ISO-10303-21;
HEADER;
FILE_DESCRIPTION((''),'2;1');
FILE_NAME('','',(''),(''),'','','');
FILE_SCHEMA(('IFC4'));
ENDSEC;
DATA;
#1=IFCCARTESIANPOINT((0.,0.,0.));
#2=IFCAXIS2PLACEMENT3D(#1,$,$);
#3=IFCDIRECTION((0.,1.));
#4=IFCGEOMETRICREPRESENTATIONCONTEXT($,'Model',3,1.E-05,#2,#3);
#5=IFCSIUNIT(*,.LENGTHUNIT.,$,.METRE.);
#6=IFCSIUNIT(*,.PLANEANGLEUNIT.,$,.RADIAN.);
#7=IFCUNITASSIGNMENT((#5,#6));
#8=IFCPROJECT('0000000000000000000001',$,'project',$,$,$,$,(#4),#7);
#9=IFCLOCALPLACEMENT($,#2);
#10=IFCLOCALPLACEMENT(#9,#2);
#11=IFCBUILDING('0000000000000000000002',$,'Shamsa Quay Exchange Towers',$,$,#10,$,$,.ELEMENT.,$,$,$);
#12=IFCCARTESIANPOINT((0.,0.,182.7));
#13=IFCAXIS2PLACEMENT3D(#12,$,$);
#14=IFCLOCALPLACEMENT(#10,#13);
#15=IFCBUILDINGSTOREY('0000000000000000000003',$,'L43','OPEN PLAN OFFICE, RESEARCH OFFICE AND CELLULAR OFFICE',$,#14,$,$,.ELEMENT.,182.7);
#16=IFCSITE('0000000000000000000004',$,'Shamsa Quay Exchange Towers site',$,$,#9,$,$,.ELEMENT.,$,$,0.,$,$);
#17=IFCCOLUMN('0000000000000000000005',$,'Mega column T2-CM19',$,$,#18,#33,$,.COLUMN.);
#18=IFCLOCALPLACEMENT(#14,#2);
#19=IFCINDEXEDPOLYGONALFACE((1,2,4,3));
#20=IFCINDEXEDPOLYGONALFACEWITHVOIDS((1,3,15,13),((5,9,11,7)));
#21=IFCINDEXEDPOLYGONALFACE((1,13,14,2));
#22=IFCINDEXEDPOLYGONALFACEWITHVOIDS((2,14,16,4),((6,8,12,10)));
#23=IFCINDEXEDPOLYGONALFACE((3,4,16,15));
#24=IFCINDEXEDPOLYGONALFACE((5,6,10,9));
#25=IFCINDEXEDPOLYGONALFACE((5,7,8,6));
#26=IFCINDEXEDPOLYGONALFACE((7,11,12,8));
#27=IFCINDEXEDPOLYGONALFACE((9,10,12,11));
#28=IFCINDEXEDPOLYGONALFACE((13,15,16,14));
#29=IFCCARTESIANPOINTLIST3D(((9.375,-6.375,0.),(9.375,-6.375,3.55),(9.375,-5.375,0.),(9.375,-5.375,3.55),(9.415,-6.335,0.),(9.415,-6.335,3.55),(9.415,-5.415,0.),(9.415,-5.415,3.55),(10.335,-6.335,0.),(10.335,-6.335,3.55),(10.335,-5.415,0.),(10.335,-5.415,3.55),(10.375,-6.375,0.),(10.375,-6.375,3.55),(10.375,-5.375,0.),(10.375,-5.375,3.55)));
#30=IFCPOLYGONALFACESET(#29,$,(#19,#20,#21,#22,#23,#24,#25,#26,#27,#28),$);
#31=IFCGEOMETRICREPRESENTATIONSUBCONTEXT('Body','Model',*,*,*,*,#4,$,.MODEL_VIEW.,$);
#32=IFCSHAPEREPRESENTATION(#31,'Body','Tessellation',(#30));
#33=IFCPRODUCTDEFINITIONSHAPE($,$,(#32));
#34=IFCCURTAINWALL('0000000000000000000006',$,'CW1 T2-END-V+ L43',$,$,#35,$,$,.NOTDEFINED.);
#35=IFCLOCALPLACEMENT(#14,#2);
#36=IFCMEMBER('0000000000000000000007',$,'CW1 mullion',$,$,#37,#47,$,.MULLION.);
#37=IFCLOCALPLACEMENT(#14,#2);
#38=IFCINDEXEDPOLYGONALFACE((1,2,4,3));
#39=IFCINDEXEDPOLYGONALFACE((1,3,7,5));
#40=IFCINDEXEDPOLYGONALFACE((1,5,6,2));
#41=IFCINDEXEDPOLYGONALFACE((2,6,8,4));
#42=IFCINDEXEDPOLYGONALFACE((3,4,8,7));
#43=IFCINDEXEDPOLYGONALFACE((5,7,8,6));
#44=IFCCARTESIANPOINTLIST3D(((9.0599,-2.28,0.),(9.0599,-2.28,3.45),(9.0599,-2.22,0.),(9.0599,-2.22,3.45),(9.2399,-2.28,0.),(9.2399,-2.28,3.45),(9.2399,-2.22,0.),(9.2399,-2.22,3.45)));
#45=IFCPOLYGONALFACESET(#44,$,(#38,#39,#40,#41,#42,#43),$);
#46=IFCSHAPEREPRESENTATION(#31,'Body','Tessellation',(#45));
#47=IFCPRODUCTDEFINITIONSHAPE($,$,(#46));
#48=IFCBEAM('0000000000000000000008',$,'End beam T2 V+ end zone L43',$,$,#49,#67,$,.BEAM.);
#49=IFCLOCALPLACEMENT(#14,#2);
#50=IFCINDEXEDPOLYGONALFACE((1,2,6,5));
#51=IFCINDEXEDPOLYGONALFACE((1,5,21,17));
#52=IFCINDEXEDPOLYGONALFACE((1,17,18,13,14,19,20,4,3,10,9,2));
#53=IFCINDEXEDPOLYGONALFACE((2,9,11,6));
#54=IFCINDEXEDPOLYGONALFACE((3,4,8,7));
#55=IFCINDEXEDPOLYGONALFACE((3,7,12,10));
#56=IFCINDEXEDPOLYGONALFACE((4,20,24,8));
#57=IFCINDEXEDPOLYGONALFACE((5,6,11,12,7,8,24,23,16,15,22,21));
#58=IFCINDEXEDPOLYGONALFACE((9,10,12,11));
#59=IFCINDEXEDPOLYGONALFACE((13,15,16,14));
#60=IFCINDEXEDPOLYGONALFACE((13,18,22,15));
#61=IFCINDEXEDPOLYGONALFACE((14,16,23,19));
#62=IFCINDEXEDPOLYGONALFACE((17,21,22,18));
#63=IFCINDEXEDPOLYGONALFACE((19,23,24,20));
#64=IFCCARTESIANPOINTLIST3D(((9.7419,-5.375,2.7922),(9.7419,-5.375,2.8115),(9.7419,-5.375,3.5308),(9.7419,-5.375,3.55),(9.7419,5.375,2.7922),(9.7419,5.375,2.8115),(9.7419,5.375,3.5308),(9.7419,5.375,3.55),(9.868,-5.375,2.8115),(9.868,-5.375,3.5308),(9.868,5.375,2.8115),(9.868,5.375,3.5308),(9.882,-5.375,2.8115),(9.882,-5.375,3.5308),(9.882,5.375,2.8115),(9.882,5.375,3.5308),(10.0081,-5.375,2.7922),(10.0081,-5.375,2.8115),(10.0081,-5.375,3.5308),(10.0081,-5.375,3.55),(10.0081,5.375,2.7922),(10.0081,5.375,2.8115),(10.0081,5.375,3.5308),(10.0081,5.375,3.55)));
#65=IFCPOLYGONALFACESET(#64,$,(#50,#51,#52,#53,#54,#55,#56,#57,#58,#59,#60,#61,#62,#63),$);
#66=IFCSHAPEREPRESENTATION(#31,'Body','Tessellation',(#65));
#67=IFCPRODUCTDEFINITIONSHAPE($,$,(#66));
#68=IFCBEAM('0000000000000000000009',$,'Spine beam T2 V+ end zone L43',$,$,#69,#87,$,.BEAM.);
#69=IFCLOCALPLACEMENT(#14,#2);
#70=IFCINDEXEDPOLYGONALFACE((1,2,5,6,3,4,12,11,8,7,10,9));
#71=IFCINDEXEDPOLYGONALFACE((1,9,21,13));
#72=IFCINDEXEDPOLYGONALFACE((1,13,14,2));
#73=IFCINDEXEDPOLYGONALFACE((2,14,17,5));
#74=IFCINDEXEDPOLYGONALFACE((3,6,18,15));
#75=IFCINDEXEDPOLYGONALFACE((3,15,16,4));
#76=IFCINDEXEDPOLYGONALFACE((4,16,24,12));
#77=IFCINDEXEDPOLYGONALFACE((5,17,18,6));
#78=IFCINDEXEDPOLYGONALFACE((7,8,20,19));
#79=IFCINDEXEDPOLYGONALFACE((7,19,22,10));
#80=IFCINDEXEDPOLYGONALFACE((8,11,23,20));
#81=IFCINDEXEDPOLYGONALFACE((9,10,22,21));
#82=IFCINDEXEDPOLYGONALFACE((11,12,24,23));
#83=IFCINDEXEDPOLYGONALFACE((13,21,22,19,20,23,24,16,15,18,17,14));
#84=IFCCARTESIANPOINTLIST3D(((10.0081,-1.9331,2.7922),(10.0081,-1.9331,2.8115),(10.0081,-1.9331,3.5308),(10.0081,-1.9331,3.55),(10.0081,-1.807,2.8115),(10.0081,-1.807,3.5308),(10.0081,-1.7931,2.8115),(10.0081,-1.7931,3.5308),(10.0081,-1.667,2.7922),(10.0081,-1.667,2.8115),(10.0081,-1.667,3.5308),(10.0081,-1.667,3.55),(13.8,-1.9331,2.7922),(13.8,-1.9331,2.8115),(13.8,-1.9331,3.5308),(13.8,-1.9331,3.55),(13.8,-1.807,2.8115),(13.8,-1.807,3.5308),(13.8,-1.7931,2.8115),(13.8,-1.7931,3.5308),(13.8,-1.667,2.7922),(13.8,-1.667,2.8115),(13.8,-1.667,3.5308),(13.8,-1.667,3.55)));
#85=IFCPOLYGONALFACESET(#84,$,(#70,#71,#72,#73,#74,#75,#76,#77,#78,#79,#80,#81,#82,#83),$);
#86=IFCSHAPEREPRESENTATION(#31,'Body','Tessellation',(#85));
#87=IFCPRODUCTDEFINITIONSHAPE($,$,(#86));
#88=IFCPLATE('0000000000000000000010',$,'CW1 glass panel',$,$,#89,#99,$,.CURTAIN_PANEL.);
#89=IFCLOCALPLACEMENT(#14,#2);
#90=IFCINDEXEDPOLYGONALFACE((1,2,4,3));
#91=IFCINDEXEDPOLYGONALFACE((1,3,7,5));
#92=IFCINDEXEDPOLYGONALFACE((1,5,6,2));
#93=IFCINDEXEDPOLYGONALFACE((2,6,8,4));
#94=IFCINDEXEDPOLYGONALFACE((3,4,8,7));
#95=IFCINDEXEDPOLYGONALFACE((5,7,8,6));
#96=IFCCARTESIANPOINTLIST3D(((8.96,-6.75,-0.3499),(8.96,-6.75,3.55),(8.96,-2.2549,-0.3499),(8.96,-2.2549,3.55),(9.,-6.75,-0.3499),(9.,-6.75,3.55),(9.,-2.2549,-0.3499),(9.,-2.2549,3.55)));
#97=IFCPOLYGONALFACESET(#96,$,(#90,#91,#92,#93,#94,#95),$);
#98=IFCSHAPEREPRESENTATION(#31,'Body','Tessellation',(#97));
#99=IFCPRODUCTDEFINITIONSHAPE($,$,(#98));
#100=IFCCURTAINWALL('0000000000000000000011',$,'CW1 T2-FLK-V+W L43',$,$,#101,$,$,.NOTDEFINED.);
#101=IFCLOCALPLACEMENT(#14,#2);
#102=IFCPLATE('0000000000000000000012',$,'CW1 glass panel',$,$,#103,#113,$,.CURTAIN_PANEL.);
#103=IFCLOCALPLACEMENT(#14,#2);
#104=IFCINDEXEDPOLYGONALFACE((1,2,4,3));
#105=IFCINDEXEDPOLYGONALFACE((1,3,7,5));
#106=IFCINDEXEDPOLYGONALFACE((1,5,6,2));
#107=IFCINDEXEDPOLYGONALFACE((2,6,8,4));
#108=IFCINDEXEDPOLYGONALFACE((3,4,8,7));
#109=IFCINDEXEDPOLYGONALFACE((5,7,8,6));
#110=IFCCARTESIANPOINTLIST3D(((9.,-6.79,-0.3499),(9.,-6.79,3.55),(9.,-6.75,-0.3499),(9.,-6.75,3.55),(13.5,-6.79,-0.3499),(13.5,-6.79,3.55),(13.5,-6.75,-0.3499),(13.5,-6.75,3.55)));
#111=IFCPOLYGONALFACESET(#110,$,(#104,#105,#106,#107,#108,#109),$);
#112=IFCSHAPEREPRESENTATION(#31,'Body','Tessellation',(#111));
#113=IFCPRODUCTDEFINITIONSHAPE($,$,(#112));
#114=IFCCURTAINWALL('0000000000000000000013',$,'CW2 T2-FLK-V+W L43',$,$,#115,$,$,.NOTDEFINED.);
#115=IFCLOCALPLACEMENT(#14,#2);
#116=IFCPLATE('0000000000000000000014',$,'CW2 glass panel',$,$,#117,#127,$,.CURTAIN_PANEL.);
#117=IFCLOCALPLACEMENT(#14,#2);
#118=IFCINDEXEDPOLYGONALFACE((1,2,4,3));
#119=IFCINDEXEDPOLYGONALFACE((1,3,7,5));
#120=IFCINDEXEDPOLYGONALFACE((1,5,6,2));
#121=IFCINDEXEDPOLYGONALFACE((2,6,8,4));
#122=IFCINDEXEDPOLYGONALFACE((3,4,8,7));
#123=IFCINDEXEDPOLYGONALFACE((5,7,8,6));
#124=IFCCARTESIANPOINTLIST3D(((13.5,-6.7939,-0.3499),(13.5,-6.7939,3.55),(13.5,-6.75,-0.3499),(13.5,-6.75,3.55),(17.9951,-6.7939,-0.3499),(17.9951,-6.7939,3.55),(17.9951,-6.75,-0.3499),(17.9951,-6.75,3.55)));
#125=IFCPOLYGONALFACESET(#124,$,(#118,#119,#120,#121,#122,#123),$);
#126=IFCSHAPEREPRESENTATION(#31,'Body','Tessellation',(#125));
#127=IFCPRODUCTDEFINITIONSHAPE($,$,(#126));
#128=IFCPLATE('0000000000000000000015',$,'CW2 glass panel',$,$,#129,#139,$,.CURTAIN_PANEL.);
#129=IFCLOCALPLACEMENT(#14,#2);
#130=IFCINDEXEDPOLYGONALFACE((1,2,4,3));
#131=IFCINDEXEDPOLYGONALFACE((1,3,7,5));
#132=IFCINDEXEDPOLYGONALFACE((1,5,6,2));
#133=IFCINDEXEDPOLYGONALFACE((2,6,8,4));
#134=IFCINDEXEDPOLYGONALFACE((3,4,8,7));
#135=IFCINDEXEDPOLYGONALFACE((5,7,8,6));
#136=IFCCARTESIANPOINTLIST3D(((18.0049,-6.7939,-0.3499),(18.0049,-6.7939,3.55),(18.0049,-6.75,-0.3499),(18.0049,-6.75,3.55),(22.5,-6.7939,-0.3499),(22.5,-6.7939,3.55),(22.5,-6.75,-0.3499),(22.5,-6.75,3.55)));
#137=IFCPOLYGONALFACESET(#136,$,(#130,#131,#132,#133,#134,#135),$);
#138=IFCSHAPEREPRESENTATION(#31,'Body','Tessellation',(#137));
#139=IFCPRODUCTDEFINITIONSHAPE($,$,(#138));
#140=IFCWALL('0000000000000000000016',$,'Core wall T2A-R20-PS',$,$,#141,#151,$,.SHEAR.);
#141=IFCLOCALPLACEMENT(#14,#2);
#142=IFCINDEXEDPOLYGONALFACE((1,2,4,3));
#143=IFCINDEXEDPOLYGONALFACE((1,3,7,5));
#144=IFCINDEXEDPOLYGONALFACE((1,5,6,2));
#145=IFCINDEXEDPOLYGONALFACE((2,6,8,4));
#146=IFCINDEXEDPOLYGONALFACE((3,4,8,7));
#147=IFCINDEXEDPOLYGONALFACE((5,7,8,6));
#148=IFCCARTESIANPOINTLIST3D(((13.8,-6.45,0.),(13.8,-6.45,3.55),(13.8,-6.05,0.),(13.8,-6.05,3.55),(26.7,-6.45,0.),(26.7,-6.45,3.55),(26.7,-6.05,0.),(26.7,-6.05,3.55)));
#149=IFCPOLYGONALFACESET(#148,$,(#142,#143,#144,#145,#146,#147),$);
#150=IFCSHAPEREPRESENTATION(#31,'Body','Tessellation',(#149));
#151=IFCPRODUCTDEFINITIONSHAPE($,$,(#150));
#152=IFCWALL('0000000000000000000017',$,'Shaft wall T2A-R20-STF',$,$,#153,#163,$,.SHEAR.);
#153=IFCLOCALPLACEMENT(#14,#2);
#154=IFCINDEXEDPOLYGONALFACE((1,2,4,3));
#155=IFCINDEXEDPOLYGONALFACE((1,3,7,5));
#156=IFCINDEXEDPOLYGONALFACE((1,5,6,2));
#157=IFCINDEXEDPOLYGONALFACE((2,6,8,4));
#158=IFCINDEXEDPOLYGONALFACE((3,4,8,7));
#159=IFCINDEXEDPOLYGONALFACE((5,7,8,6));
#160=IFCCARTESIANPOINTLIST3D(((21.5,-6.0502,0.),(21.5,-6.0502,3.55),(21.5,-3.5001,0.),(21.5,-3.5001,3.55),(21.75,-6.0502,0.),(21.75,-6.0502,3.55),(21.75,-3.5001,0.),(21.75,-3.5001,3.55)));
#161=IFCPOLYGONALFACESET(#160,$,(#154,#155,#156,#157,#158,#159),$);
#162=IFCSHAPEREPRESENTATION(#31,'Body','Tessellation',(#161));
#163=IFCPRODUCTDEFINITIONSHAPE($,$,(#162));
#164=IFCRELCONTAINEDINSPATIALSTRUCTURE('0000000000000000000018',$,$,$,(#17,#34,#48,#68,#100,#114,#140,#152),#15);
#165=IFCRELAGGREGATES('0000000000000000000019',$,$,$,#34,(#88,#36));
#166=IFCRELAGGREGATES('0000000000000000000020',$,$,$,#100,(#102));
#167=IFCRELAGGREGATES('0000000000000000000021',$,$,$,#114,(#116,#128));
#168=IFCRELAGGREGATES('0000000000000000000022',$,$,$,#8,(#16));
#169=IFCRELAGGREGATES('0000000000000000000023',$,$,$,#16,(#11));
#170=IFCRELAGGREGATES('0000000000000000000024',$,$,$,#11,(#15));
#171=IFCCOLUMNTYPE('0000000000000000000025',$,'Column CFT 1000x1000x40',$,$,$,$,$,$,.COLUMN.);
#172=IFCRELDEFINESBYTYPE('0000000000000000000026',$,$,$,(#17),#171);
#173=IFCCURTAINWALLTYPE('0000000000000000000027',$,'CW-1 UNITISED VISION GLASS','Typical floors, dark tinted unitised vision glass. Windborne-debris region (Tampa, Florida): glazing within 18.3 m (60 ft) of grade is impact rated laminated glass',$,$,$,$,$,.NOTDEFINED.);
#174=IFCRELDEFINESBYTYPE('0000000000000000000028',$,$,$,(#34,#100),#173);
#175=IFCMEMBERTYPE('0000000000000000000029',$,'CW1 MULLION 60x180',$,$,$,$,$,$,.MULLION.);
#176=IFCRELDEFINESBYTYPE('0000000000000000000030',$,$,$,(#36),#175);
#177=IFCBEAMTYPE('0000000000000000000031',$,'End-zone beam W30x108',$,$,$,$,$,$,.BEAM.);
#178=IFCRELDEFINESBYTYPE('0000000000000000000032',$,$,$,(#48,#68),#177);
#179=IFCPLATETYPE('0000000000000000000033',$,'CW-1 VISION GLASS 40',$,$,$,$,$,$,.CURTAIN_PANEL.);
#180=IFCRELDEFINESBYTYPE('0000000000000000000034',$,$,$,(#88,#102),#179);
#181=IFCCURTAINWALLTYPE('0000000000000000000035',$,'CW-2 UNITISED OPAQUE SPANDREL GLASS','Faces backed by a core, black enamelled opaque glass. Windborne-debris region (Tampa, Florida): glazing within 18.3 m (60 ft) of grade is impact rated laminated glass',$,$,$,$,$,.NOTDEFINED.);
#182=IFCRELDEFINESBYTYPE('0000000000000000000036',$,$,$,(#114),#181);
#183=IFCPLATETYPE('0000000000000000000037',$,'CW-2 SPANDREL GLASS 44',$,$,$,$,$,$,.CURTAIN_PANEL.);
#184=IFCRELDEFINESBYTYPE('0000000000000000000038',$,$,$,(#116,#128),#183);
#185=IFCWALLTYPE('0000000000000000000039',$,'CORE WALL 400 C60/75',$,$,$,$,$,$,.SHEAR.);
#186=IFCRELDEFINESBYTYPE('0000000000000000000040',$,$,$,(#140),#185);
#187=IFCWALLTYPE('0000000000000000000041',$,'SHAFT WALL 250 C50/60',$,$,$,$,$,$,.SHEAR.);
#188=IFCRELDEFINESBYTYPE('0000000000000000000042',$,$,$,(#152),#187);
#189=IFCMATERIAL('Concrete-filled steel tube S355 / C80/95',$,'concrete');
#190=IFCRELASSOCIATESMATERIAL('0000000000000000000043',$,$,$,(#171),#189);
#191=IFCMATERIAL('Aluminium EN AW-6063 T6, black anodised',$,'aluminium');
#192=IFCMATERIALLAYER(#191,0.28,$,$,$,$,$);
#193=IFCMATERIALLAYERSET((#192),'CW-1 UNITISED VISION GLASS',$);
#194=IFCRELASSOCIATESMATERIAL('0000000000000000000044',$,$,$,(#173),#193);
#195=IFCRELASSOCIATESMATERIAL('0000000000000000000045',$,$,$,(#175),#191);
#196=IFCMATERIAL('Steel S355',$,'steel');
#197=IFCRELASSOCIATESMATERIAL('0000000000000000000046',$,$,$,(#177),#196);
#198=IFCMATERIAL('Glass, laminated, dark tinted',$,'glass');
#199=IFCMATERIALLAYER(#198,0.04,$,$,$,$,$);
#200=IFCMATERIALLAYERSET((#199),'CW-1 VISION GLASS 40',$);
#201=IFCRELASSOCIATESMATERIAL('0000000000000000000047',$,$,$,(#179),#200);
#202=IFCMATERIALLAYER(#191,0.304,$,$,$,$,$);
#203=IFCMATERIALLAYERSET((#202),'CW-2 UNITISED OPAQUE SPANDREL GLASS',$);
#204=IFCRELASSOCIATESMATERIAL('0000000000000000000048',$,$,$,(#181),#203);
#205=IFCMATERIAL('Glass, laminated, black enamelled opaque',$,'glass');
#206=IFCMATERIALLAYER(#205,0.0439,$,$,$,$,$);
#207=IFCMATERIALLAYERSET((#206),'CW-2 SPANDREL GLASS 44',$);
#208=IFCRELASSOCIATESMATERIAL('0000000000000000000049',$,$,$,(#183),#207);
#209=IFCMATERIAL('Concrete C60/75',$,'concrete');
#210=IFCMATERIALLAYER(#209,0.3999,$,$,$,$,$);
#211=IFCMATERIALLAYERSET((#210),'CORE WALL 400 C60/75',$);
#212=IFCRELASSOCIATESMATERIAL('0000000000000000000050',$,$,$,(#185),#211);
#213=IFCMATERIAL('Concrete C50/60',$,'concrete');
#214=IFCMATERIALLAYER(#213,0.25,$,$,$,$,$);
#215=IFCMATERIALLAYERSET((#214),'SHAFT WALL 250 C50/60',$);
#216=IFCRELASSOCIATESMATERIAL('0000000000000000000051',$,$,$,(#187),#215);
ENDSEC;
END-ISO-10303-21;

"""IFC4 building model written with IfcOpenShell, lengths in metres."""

from ifc_helpers import new_model, si_unit, direction, frame, frame_2d, origin, origin_2d, place, context, subcontext, project, spatial, rectangle, hollow_rectangle, i_section, extrude, material, layer, layer_set, material_profile, profile_set, type_object, element, aggregate, save


model = new_model("IFC4")

# Units and contexts
model_context = context("Model", 3, precision=1e-05, world=origin(), true_north=direction((0.0, 1.0)))
body_context = subcontext(model_context, "Body", "Model", "MODEL_VIEW")
ifc_project = project(units=[si_unit("LENGTHUNIT", "METRE"), si_unit("PLANEANGLEUNIT", "RADIAN")], contexts=[model_context])

# Site, building, storey
site_placement = place(None, origin())
site = spatial("IfcSite", under=ifc_project, at=site_placement, Name="Shamsa Quay Exchange Towers site", CompositionType="ELEMENT", RefElevation=0.0)
building_placement = place(site_placement, origin())
building = spatial("IfcBuilding", under=site, at=building_placement, Name="Shamsa Quay Exchange Towers", CompositionType="ELEMENT")
storey_placement = place(building_placement, frame((0.0, 0.0, 182.7)))
storey = spatial("IfcBuildingStorey", under=building, at=storey_placement, Name="L43", Description="OPEN PLAN OFFICE, RESEARCH OFFICE AND CELLULAR OFFICE", CompositionType="ELEMENT", Elevation=182.7)

# Column
ifc_material_1 = material(Name="Concrete-filled steel tube S355 / C80/95", Category="concrete")
ifc_material_profile_1 = material_profile(ifc_material_1, hollow_rectangle(XDim=1.0, YDim=1.0, WallThickness=0.04, at=origin_2d()), Name="CFT 1000x1000x40")
ifc_profile_set_1 = profile_set([ifc_material_profile_1], Name="Concrete-filled steel tube S355 / C80/95")
column_type = type_object("IfcColumnType", Name="Column CFT 1000x1000x40", PredefinedType="COLUMN", material=ifc_profile_set_1)
column_placement = place(storey_placement, frame((9.875, -5.875, 0.0)))
element("IfcColumn", 1, at=column_placement, inside=storey, type_object=column_type, Name="Mega column T2-CM19", PredefinedType="COLUMN", context=body_context, shape_type="SweptSolid", body=[
    extrude(hollow_rectangle(XDim=1.0, YDim=1.0, WallThickness=0.04, at=origin_2d()), origin(), (0.0, 0.0, 1.0), 3.55),
])

# Curtain wall, member
ifc_material_2 = material(Name="Aluminium EN AW-6063 T6, black anodised", Category="aluminium")
ifc_layer_1 = layer(ifc_material_2, 0.28)
ifc_layer_set_1 = layer_set([ifc_layer_1], Name="CW-1 UNITISED VISION GLASS")
curtain_wall_type_1 = type_object("IfcCurtainWallType", Name="CW-1 UNITISED VISION GLASS", Description="Typical floors, dark tinted unitised vision glass. Windborne-debris region (Tampa, Florida): glazing within 18.3 m (60 ft) of grade is impact rated laminated glass", PredefinedType="NOTDEFINED", material=ifc_layer_set_1)
curtain_wall_1_placement = place(storey_placement, origin())
curtain_wall_1 = element("IfcCurtainWall", 2, at=curtain_wall_1_placement, inside=storey, type_object=curtain_wall_type_1, Name="CW1 T2-END-V+ L43", PredefinedType="NOTDEFINED")
ifc_material_profile_2 = material_profile(ifc_material_2, rectangle(XDim=0.1799, YDim=0.0601, at=origin_2d()), Name="MU60x180")
ifc_profile_set_2 = profile_set([ifc_material_profile_2], Name="Aluminium EN AW-6063 T6, black anodised")
member_type = type_object("IfcMemberType", Name="CW1 MULLION 60x180", PredefinedType="MULLION", material=ifc_profile_set_2)
member_placement = place(storey_placement, frame((9.1499, -2.25, 0.0)))
member = element("IfcMember", 3, at=member_placement, type_object=member_type, Name="CW1 mullion", PredefinedType="MULLION", context=body_context, shape_type="SweptSolid", body=[
    extrude(rectangle(XDim=0.1799, YDim=0.0601, at=origin_2d()), origin(), (0.0, 0.0, 1.0), 3.45),
])

# Beams
ifc_material_3 = material(Name="Steel S355", Category="steel")
ifc_material_profile_3 = material_profile(ifc_material_3, i_section(OverallWidth=0.2661, OverallDepth=0.7578, WebThickness=0.0139, FlangeThickness=0.0193, at=origin_2d()), Name="W30x108")
ifc_profile_set_3 = profile_set([ifc_material_profile_3], Name="Steel S355")
beam_type = type_object("IfcBeamType", Name="End-zone beam W30x108", PredefinedType="BEAM", material=ifc_profile_set_3)
beam_1_placement = place(storey_placement, frame((9.875, -5.375, 3.1711), z_axis=(0.0, 1.0, 0.0), x_axis=(-1.0, 0.0, 0.0)))
element("IfcBeam", 4, at=beam_1_placement, inside=storey, type_object=beam_type, Name="End beam T2 V+ end zone L43", PredefinedType="BEAM", context=body_context, shape_type="SweptSolid", body=[
    extrude(i_section(OverallWidth=0.2661, OverallDepth=0.7578, WebThickness=0.0139, FlangeThickness=0.0193, at=origin_2d()), origin(), (0.0, 0.0, 1.0), 10.75),
])
beam_2_placement = place(storey_placement, frame((13.8, -1.8, 3.1711), z_axis=(-1.0, 0.0, 0.0), x_axis=(0.0, -1.0, 0.0)))
element("IfcBeam", 5, at=beam_2_placement, inside=storey, type_object=beam_type, Name="Spine beam T2 V+ end zone L43", PredefinedType="BEAM", context=body_context, shape_type="SweptSolid", body=[
    extrude(i_section(OverallWidth=0.2661, OverallDepth=0.7578, WebThickness=0.0139, FlangeThickness=0.0193, at=origin_2d()), origin(), (0.0, 0.0, 1.0), 3.792),
])

# Plate
ifc_material_4 = material(Name="Glass, laminated, dark tinted", Category="glass")
ifc_layer_2 = layer(ifc_material_4, 0.04)
ifc_layer_set_2 = layer_set([ifc_layer_2], Name="CW-1 VISION GLASS 40")
plate_type_1 = type_object("IfcPlateType", Name="CW-1 VISION GLASS 40", PredefinedType="CURTAIN_PANEL", material=ifc_layer_set_2)
plate_1_placement = place(storey_placement, frame((8.98, -4.5024, -0.3499), z_axis=(0.0, 0.0, 1.0), x_axis=(0.0, -1.0, 0.0)))
plate_1 = element("IfcPlate", 6, at=plate_1_placement, type_object=plate_type_1, Name="CW1 glass panel", PredefinedType="CURTAIN_PANEL", context=body_context, shape_type="SweptSolid", body=[
    extrude(rectangle(XDim=4.4951, YDim=0.04, at=origin_2d()), origin(), (0.0, 0.0, 1.0), 3.8999),
])
aggregate(curtain_wall_1, [plate_1, member])

# Curtain wall, plate
curtain_wall_2_placement = place(storey_placement, origin())
curtain_wall_2 = element("IfcCurtainWall", 7, at=curtain_wall_2_placement, inside=storey, type_object=curtain_wall_type_1, Name="CW1 T2-FLK-V+W L43", PredefinedType="NOTDEFINED")
plate_2_placement = place(storey_placement, frame((11.25, -6.77, -0.3499)))
plate_2 = element("IfcPlate", 8, at=plate_2_placement, type_object=plate_type_1, Name="CW1 glass panel", PredefinedType="CURTAIN_PANEL", context=body_context, shape_type="SweptSolid", body=[
    extrude(rectangle(XDim=4.5, YDim=0.04, at=origin_2d()), origin(), (0.0, 0.0, 1.0), 3.8999),
])
aggregate(curtain_wall_2, [plate_2])

# Curtain wall, plates
ifc_layer_3 = layer(ifc_material_2, 0.304)
ifc_layer_set_3 = layer_set([ifc_layer_3], Name="CW-2 UNITISED OPAQUE SPANDREL GLASS")
curtain_wall_type_2 = type_object("IfcCurtainWallType", Name="CW-2 UNITISED OPAQUE SPANDREL GLASS", Description="Faces backed by a core, black enamelled opaque glass. Windborne-debris region (Tampa, Florida): glazing within 18.3 m (60 ft) of grade is impact rated laminated glass", PredefinedType="NOTDEFINED", material=ifc_layer_set_3)
curtain_wall_3_placement = place(storey_placement, origin())
curtain_wall_3 = element("IfcCurtainWall", 9, at=curtain_wall_3_placement, inside=storey, type_object=curtain_wall_type_2, Name="CW2 T2-FLK-V+W L43", PredefinedType="NOTDEFINED")
ifc_material_5 = material(Name="Glass, laminated, black enamelled opaque", Category="glass")
ifc_layer_4 = layer(ifc_material_5, 0.0439)
ifc_layer_set_4 = layer_set([ifc_layer_4], Name="CW-2 SPANDREL GLASS 44")
plate_type_2 = type_object("IfcPlateType", Name="CW-2 SPANDREL GLASS 44", PredefinedType="CURTAIN_PANEL", material=ifc_layer_set_4)
plate_3_placement = place(storey_placement, frame((15.7476, -6.772, -0.3499)))
plate_3 = element("IfcPlate", 10, at=plate_3_placement, type_object=plate_type_2, Name="CW2 glass panel", PredefinedType="CURTAIN_PANEL", context=body_context, shape_type="SweptSolid", body=[
    extrude(rectangle(XDim=4.4951, YDim=0.0439, at=origin_2d()), origin(), (0.0, 0.0, 1.0), 3.8999),
])
plate_4_placement = place(storey_placement, frame((20.2524, -6.772, -0.3499)))
plate_4 = element("IfcPlate", 11, at=plate_4_placement, type_object=plate_type_2, Name="CW2 glass panel", PredefinedType="CURTAIN_PANEL", context=body_context, shape_type="SweptSolid", body=[
    extrude(rectangle(XDim=4.4951, YDim=0.0439, at=origin_2d()), origin(), (0.0, 0.0, 1.0), 3.8999),
])
aggregate(curtain_wall_3, [plate_3, plate_4])

# Walls
ifc_material_6 = material(Name="Concrete C60/75", Category="concrete")
ifc_layer_5 = layer(ifc_material_6, 0.3999)
ifc_layer_set_5 = layer_set([ifc_layer_5], Name="CORE WALL 400 C60/75")
wall_type_1 = type_object("IfcWallType", Name="CORE WALL 400 C60/75", PredefinedType="SHEAR", material=ifc_layer_set_5)
wall_1_placement = place(storey_placement, frame((13.8, -6.25, 0.0)))
element("IfcWall", 12, at=wall_1_placement, inside=storey, type_object=wall_type_1, Name="Core wall T2A-R20-PS", PredefinedType="SHEAR", context=body_context, shape_type="SweptSolid", body=[
    extrude(rectangle(XDim=12.8999, YDim=0.3999, at=frame_2d((6.45, 0.0))), origin(), (0.0, 0.0, 1.0), 3.55),
])
ifc_material_7 = material(Name="Concrete C50/60", Category="concrete")
ifc_layer_6 = layer(ifc_material_7, 0.25)
ifc_layer_set_6 = layer_set([ifc_layer_6], Name="SHAFT WALL 250 C50/60")
wall_type_2 = type_object("IfcWallType", Name="SHAFT WALL 250 C50/60", PredefinedType="SHEAR", material=ifc_layer_set_6)
wall_2_placement = place(storey_placement, frame((21.625, -6.05, 0.0), z_axis=(0.0, 0.0, 1.0), x_axis=(0.0, 1.0, 0.0)))
element("IfcWall", 13, at=wall_2_placement, inside=storey, type_object=wall_type_2, Name="Shaft wall T2A-R20-STF", PredefinedType="SHEAR", context=body_context, shape_type="SweptSolid", body=[
    extrude(rectangle(XDim=2.55, YDim=0.25, at=frame_2d((1.2749, 0.0))), origin(), (0.0, 0.0, 1.0), 3.55),
])

save(model, "model.ifc")
